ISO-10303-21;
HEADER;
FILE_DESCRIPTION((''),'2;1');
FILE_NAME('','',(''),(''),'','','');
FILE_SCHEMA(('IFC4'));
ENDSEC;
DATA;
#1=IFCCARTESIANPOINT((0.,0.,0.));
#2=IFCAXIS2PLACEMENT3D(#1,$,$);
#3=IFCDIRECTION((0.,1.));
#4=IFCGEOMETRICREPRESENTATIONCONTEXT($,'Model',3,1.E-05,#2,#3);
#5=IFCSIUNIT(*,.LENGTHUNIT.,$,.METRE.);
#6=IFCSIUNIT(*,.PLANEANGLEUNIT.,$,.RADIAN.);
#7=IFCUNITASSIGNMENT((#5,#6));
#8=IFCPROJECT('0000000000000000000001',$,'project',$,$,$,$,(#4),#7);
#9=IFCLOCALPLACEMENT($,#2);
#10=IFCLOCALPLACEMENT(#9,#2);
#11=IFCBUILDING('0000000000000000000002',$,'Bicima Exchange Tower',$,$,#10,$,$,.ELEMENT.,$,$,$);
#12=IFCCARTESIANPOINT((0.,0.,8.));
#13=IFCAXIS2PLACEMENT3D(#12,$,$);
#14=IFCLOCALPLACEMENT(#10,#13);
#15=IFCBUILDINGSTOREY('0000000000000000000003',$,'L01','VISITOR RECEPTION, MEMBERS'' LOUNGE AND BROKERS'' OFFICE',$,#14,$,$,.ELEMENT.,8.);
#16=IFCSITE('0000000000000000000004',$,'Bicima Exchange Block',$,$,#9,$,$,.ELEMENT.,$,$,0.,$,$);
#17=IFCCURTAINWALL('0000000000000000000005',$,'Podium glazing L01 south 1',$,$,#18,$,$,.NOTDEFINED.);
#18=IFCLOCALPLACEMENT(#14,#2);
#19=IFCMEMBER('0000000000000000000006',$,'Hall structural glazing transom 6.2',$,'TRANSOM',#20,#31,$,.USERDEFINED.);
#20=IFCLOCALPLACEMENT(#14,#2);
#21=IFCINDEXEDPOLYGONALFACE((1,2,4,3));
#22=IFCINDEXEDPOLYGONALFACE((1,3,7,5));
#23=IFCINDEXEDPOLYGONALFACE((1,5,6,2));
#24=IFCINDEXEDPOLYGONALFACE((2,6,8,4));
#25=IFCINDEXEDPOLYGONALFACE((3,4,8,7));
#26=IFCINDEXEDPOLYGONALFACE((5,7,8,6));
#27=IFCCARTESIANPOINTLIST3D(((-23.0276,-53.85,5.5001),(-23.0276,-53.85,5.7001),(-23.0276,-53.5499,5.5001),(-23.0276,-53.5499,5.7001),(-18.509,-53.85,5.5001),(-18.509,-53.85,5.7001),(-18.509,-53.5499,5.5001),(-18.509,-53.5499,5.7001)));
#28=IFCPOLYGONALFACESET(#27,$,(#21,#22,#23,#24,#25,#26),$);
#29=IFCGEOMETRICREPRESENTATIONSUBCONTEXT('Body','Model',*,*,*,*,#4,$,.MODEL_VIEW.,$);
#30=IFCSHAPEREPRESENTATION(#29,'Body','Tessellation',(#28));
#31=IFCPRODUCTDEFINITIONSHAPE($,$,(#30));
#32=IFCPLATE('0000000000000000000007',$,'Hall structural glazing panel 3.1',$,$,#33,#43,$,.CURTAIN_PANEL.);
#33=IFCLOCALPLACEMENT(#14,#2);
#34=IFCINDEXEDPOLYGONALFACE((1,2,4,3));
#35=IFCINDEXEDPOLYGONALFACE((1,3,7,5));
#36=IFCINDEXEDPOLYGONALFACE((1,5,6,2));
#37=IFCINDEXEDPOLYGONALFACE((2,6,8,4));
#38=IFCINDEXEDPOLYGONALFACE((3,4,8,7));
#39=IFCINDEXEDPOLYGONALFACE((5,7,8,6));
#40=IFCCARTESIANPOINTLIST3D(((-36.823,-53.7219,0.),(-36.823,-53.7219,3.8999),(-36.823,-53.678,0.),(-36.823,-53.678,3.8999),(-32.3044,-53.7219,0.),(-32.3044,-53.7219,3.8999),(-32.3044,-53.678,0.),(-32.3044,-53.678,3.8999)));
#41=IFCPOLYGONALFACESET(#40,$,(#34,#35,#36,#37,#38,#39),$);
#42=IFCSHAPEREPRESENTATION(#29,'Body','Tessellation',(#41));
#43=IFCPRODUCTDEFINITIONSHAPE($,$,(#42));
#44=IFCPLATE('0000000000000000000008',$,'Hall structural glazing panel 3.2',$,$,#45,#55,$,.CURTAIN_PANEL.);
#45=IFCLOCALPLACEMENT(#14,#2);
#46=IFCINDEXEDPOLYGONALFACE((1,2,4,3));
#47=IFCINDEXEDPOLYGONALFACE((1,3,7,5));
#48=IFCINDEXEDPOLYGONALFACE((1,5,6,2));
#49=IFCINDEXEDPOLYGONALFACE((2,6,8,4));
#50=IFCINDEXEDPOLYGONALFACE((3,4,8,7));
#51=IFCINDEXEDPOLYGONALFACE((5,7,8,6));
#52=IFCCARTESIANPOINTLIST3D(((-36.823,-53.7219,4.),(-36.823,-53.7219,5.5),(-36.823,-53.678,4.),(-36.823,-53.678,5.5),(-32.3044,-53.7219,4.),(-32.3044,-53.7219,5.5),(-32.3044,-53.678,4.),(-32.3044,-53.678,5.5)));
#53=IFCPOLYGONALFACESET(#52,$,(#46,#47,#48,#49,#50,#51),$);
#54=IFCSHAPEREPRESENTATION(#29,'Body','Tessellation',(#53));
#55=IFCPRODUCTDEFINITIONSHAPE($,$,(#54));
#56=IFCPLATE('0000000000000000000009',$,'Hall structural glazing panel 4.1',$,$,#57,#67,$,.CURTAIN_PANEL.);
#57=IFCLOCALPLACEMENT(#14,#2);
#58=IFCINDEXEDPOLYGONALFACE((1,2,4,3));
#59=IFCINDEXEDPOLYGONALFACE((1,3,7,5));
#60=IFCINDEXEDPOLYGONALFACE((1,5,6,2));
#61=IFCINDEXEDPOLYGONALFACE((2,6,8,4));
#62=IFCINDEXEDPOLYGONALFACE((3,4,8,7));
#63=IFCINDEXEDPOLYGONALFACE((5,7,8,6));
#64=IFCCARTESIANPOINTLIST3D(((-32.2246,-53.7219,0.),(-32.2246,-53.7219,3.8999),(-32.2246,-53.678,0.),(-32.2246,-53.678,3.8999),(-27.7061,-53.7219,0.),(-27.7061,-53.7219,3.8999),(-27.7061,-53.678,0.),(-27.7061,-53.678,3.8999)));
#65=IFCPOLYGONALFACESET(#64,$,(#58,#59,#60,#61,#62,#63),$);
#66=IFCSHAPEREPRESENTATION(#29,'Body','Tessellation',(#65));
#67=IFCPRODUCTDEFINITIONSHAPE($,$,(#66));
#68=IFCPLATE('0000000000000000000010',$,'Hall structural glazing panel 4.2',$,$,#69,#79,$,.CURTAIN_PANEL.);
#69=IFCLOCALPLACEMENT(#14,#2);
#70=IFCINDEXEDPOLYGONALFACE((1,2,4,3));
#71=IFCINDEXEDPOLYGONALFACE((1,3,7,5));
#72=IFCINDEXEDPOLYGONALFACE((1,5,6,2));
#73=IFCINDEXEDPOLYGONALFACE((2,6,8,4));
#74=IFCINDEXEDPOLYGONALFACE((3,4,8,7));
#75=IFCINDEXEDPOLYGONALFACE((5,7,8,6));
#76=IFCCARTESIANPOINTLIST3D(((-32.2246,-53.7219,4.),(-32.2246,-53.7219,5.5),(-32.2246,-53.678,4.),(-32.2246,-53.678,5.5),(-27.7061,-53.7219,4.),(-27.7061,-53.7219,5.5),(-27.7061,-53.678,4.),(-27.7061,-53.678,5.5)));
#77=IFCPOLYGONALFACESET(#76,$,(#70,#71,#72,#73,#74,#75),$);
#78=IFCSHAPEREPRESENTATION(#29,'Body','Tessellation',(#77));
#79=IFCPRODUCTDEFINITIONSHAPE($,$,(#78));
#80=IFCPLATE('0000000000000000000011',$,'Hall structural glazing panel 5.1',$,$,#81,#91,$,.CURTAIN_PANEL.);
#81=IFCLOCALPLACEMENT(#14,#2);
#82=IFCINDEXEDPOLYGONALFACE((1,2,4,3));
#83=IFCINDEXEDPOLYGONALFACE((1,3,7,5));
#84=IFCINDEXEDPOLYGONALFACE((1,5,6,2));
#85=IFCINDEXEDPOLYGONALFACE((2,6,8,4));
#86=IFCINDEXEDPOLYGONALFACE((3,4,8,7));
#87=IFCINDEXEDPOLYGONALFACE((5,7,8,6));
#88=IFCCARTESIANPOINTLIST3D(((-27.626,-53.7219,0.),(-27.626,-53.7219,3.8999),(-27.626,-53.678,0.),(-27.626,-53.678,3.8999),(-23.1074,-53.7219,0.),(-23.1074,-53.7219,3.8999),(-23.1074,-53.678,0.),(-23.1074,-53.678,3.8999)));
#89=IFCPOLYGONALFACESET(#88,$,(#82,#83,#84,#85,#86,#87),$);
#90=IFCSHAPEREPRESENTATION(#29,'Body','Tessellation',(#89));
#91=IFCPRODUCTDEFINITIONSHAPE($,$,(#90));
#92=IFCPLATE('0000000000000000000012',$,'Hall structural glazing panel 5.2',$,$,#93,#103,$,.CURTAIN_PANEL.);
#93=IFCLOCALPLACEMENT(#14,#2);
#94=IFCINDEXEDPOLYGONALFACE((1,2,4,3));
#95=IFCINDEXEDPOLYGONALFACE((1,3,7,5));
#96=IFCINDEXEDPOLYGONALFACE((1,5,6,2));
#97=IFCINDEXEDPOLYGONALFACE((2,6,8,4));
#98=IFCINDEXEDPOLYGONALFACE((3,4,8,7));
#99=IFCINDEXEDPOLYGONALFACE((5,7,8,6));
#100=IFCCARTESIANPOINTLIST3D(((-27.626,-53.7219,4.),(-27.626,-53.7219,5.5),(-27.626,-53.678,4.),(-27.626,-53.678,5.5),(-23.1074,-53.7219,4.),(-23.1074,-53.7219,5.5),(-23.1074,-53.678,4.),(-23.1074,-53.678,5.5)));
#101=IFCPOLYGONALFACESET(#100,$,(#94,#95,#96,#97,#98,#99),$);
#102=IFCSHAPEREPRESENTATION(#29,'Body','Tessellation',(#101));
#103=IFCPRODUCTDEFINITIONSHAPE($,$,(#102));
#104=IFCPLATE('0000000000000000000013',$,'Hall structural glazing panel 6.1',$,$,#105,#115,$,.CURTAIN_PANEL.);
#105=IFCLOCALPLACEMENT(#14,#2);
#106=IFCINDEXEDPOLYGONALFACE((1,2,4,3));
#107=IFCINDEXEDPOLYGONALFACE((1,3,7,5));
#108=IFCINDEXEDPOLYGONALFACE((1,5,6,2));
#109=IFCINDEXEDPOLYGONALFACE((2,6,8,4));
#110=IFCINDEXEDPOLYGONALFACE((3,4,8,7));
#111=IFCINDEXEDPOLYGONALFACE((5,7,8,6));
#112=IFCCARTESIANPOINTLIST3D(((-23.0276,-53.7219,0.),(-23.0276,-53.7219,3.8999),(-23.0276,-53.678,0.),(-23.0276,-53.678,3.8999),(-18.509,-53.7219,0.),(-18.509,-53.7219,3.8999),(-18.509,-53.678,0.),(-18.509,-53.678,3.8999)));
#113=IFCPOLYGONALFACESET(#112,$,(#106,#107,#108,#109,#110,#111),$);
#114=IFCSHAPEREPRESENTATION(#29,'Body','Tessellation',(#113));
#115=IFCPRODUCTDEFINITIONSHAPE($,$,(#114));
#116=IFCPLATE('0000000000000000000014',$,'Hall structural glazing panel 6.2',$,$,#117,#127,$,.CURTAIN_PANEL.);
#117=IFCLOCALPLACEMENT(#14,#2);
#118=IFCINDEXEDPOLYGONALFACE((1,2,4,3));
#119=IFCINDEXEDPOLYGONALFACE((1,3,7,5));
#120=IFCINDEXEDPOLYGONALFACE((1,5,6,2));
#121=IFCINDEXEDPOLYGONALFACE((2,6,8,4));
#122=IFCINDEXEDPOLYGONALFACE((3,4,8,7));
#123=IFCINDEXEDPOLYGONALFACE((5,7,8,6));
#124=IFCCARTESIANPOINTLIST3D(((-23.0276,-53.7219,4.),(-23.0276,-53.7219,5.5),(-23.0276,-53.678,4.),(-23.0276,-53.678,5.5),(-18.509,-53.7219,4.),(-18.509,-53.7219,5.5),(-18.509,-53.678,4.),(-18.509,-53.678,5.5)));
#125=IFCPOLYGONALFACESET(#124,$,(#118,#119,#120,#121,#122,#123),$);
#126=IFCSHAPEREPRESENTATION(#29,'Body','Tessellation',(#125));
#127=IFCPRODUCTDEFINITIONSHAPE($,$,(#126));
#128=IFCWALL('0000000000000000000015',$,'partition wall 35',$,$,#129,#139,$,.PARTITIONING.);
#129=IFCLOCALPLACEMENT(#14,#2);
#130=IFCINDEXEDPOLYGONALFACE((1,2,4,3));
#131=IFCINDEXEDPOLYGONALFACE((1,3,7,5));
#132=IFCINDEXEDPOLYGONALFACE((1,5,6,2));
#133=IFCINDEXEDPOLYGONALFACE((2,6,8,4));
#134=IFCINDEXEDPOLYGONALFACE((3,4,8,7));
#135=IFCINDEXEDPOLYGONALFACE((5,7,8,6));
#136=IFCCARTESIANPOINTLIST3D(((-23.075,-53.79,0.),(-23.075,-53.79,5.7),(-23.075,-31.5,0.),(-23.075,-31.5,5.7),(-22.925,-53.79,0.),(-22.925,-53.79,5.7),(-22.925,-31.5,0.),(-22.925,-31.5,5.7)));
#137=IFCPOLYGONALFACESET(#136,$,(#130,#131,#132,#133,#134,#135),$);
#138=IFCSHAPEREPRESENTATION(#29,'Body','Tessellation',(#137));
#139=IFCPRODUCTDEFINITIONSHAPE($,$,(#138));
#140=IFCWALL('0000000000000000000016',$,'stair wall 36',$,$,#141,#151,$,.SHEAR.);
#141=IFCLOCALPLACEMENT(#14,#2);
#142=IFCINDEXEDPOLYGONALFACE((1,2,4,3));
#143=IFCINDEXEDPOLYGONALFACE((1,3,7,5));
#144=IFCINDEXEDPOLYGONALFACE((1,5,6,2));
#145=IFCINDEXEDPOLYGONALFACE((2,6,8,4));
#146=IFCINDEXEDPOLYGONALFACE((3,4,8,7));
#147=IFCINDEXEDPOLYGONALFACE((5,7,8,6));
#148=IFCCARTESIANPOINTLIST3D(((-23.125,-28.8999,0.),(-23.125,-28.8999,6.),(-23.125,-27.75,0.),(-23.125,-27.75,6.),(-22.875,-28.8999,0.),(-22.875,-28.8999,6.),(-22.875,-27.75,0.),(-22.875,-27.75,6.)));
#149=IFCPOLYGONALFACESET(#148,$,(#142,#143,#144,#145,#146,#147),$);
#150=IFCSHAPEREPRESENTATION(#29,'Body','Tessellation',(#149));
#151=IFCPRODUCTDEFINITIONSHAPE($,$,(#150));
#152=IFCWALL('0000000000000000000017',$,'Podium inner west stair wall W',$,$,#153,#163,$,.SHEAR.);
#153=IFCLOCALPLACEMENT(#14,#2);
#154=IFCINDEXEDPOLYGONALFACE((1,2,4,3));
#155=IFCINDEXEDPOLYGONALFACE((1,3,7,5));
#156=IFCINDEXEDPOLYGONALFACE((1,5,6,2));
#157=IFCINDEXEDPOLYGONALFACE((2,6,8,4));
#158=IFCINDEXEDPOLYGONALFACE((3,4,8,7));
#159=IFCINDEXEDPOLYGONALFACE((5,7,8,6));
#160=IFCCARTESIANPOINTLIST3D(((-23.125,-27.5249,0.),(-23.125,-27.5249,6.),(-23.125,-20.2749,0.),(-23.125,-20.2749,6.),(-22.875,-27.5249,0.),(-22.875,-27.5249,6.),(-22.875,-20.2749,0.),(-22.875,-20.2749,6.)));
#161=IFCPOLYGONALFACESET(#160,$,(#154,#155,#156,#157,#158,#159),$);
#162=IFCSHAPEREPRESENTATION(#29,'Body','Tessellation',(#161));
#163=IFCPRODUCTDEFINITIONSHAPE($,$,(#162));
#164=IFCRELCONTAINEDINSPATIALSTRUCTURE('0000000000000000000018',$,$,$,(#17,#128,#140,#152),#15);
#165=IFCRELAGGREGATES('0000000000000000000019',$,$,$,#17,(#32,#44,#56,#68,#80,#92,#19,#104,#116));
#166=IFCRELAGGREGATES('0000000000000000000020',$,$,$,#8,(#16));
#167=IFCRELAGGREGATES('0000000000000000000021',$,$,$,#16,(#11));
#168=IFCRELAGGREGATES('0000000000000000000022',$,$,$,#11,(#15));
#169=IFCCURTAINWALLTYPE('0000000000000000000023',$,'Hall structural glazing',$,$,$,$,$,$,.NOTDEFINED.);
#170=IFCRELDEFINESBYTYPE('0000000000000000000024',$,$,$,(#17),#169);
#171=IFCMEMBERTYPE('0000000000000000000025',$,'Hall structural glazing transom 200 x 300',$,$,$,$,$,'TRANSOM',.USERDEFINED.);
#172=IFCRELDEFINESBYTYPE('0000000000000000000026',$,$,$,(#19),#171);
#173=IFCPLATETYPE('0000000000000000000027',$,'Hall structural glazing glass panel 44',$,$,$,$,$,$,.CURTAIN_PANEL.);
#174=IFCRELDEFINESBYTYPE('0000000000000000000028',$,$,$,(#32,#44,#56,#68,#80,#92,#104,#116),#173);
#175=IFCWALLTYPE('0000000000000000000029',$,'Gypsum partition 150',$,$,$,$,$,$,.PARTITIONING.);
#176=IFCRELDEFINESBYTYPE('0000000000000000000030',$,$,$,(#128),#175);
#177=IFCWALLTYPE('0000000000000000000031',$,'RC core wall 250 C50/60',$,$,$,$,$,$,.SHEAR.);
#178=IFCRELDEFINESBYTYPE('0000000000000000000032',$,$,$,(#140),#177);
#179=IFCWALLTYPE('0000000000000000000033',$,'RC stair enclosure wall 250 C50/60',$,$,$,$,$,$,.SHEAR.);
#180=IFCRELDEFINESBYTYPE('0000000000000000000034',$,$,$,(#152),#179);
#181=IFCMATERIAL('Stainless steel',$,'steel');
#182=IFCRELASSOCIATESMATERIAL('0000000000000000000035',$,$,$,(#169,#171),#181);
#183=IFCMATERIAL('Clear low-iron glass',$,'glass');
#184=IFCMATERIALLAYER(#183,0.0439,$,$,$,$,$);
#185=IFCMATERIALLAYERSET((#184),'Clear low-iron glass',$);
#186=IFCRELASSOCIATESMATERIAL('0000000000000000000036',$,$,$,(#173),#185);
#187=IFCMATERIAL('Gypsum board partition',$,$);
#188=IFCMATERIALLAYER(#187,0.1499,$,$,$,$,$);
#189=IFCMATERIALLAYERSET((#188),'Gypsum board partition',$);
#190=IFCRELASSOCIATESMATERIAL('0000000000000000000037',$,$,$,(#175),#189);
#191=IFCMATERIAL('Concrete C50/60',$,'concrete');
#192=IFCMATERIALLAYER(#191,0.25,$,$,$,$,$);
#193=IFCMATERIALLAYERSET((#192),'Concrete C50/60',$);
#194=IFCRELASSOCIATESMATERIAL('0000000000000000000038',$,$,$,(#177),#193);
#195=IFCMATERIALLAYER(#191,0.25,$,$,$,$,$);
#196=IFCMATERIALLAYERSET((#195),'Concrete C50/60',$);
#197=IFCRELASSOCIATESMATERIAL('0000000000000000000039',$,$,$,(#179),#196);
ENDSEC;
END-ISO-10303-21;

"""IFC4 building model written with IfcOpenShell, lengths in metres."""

from ifc_helpers import new_model, si_unit, direction, frame, frame_2d, origin, origin_2d, place, context, subcontext, project, spatial, rectangle, extrude, material, layer, layer_set, material_profile, profile_set, type_object, element, aggregate, save


model = new_model("IFC4")

# Units and contexts
model_context = context("Model", 3, precision=1e-05, world=origin(), true_north=direction((0.0, 1.0)))
body_context = subcontext(model_context, "Body", "Model", "MODEL_VIEW")
ifc_project = project(units=[si_unit("LENGTHUNIT", "METRE"), si_unit("PLANEANGLEUNIT", "RADIAN")], contexts=[model_context])

# Site, building, storey
site_placement = place(None, origin())
site = spatial("IfcSite", under=ifc_project, at=site_placement, Name="Bicima Exchange Block", CompositionType="ELEMENT", RefElevation=0.0)
building_placement = place(site_placement, origin())
building = spatial("IfcBuilding", under=site, at=building_placement, Name="Bicima Exchange Tower", CompositionType="ELEMENT")
storey_placement = place(building_placement, frame((0.0, 0.0, 8.0)))
storey = spatial("IfcBuildingStorey", under=building, at=storey_placement, Name="L01", Description="VISITOR RECEPTION, MEMBERS' LOUNGE AND BROKERS' OFFICE", CompositionType="ELEMENT", Elevation=8.0)

# Curtain wall, member, plates
ifc_material_1 = material(Name="Stainless steel", Category="steel")
curtain_wall_type = type_object("IfcCurtainWallType", Name="Hall structural glazing", PredefinedType="NOTDEFINED", material=ifc_material_1)
curtain_wall_placement = place(storey_placement, origin())
curtain_wall = element("IfcCurtainWall", 1, at=curtain_wall_placement, inside=storey, type_object=curtain_wall_type, Name="Podium glazing L01 south 1", PredefinedType="NOTDEFINED")
ifc_material_profile_1 = material_profile(ifc_material_1, rectangle(XDim=0.3, YDim=0.2, at=origin_2d()))
ifc_profile_set_1 = profile_set([ifc_material_profile_1], Name="Stainless steel")
member_type_1 = type_object("IfcMemberType", Name="Hall structural glazing transom 200 x 300", ElementType="TRANSOM", PredefinedType="USERDEFINED", material=ifc_profile_set_1)
member_1_placement = place(storey_placement, frame((-23.0276, -53.7, 5.6001), z_axis=(1.0, 0.0, 0.0), x_axis=(0.0, 1.0, 0.0)))
member_1 = element("IfcMember", 2, at=member_1_placement, type_object=member_type_1, Name="Hall structural glazing transom 6.2", ObjectType="TRANSOM", PredefinedType="USERDEFINED", context=body_context, shape_type="SweptSolid", body=[
    extrude(rectangle(XDim=0.3, YDim=0.2, at=origin_2d()), origin(), (0.0, 0.0, 1.0), 4.5186),
])
ifc_material_2 = material(Name="Clear low-iron glass", Category="glass")
ifc_layer_1 = layer(ifc_material_2, 0.0439)
ifc_layer_set_1 = layer_set([ifc_layer_1], Name="Clear low-iron glass")
plate_type = type_object("IfcPlateType", Name="Hall structural glazing glass panel 44", PredefinedType="CURTAIN_PANEL", material=ifc_layer_set_1)
plate_1_placement = place(storey_placement, frame((-34.5637, -53.7, 0.0), z_axis=(0.0, 0.0, 1.0), x_axis=(1.0, 0.0, 0.0)))
plate_1 = element("IfcPlate", 3, at=plate_1_placement, type_object=plate_type, Name="Hall structural glazing panel 3.1", PredefinedType="CURTAIN_PANEL", context=body_context, shape_type="SweptSolid", body=[
    extrude(rectangle(XDim=4.5186, YDim=0.0439, at=origin_2d()), origin(), (0.0, 0.0, 1.0), 3.8999),
])
plate_2_placement = place(storey_placement, frame((-34.5637, -53.7, 4.0), z_axis=(0.0, 0.0, 1.0), x_axis=(1.0, 0.0, 0.0)))
plate_2 = element("IfcPlate", 4, at=plate_2_placement, type_object=plate_type, Name="Hall structural glazing panel 3.2", PredefinedType="CURTAIN_PANEL", context=body_context, shape_type="SweptSolid", body=[
    extrude(rectangle(XDim=4.5186, YDim=0.0439, at=origin_2d()), origin(), (0.0, 0.0, 1.0), 1.5),
])
plate_3_placement = place(storey_placement, frame((-29.9653, -53.7, 0.0), z_axis=(0.0, 0.0, 1.0), x_axis=(1.0, 0.0, 0.0)))
plate_3 = element("IfcPlate", 5, at=plate_3_placement, type_object=plate_type, Name="Hall structural glazing panel 4.1", PredefinedType="CURTAIN_PANEL", context=body_context, shape_type="SweptSolid", body=[
    extrude(rectangle(XDim=4.5186, YDim=0.0439, at=origin_2d()), origin(), (0.0, 0.0, 1.0), 3.8999),
])
plate_4_placement = place(storey_placement, frame((-29.9653, -53.7, 4.0), z_axis=(0.0, 0.0, 1.0), x_axis=(1.0, 0.0, 0.0)))
plate_4 = element("IfcPlate", 6, at=plate_4_placement, type_object=plate_type, Name="Hall structural glazing panel 4.2", PredefinedType="CURTAIN_PANEL", context=body_context, shape_type="SweptSolid", body=[
    extrude(rectangle(XDim=4.5186, YDim=0.0439, at=origin_2d()), origin(), (0.0, 0.0, 1.0), 1.5),
])
plate_5_placement = place(storey_placement, frame((-25.3667, -53.7, 0.0), z_axis=(0.0, 0.0, 1.0), x_axis=(1.0, 0.0, 0.0)))
plate_5 = element("IfcPlate", 7, at=plate_5_placement, type_object=plate_type, Name="Hall structural glazing panel 5.1", PredefinedType="CURTAIN_PANEL", context=body_context, shape_type="SweptSolid", body=[
    extrude(rectangle(XDim=4.5186, YDim=0.0439, at=origin_2d()), origin(), (0.0, 0.0, 1.0), 3.8999),
])
plate_6_placement = place(storey_placement, frame((-25.3667, -53.7, 4.0), z_axis=(0.0, 0.0, 1.0), x_axis=(1.0, 0.0, 0.0)))
plate_6 = element("IfcPlate", 8, at=plate_6_placement, type_object=plate_type, Name="Hall structural glazing panel 5.2", PredefinedType="CURTAIN_PANEL", context=body_context, shape_type="SweptSolid", body=[
    extrude(rectangle(XDim=4.5186, YDim=0.0439, at=origin_2d()), origin(), (0.0, 0.0, 1.0), 1.5),
])
plate_7_placement = place(storey_placement, frame((-20.7683, -53.7, 0.0), z_axis=(0.0, 0.0, 1.0), x_axis=(1.0, 0.0, 0.0)))
plate_7 = element("IfcPlate", 9, at=plate_7_placement, type_object=plate_type, Name="Hall structural glazing panel 6.1", PredefinedType="CURTAIN_PANEL", context=body_context, shape_type="SweptSolid", body=[
    extrude(rectangle(XDim=4.5186, YDim=0.0439, at=origin_2d()), origin(), (0.0, 0.0, 1.0), 3.8999),
])
plate_8_placement = place(storey_placement, frame((-20.7683, -53.7, 4.0), z_axis=(0.0, 0.0, 1.0), x_axis=(1.0, 0.0, 0.0)))
plate_8 = element("IfcPlate", 10, at=plate_8_placement, type_object=plate_type, Name="Hall structural glazing panel 6.2", PredefinedType="CURTAIN_PANEL", context=body_context, shape_type="SweptSolid", body=[
    extrude(rectangle(XDim=4.5186, YDim=0.0439, at=origin_2d()), origin(), (0.0, 0.0, 1.0), 1.5),
])
aggregate(curtain_wall, [plate_1, plate_2, plate_3, plate_4, plate_5, plate_6, member_1, plate_7, plate_8])

# Walls
ifc_material_3 = material(Name="Gypsum board partition")
ifc_layer_2 = layer(ifc_material_3, 0.1499)
ifc_layer_set_2 = layer_set([ifc_layer_2], Name="Gypsum board partition")
wall_type_1 = type_object("IfcWallType", Name="Gypsum partition 150", PredefinedType="PARTITIONING", material=ifc_layer_set_2)
wall_1_placement = place(storey_placement, frame((-23.0, -53.79, 0.0), z_axis=(0.0, 0.0, 1.0), x_axis=(0.0, 1.0, 0.0)))
element("IfcWall", 11, at=wall_1_placement, inside=storey, type_object=wall_type_1, Name="partition wall 35", PredefinedType="PARTITIONING", context=body_context, shape_type="SweptSolid", body=[
    extrude(rectangle(XDim=22.29, YDim=0.1499, at=frame_2d((11.145, 0.0))), origin(), (0.0, 0.0, 1.0), 5.7),
])
ifc_material_4 = material(Name="Concrete C50/60", Category="concrete")
ifc_layer_3 = layer(ifc_material_4, 0.25)
ifc_layer_set_3 = layer_set([ifc_layer_3], Name="Concrete C50/60")
wall_type_2 = type_object("IfcWallType", Name="RC core wall 250 C50/60", PredefinedType="SHEAR", material=ifc_layer_set_3)
wall_2_placement = place(storey_placement, frame((-23.0, -28.8999, 0.0), z_axis=(0.0, 0.0, 1.0), x_axis=(0.0, 1.0, 0.0)))
element("IfcWall", 12, at=wall_2_placement, inside=storey, type_object=wall_type_2, Name="stair wall 36", PredefinedType="SHEAR", context=body_context, shape_type="SweptSolid", body=[
    extrude(rectangle(XDim=1.1499, YDim=0.25, at=frame_2d((0.575, 0.0))), origin(), (0.0, 0.0, 1.0), 6.0),
])
ifc_layer_4 = layer(ifc_material_4, 0.25)
ifc_layer_set_4 = layer_set([ifc_layer_4], Name="Concrete C50/60")
wall_type_3 = type_object("IfcWallType", Name="RC stair enclosure wall 250 C50/60", PredefinedType="SHEAR", material=ifc_layer_set_4)
wall_3_placement = place(storey_placement, frame((-23.0, -27.5249, 0.0), z_axis=(0.0, 0.0, 1.0), x_axis=(0.0, 1.0, 0.0)))
element("IfcWall", 13, at=wall_3_placement, inside=storey, type_object=wall_type_3, Name="Podium inner west stair wall W", PredefinedType="SHEAR", context=body_context, shape_type="SweptSolid", body=[
    extrude(rectangle(XDim=7.25, YDim=0.25, at=frame_2d((3.625, 0.0))), origin(), (0.0, 0.0, 1.0), 6.0),
])

save(model, "model.ifc")
